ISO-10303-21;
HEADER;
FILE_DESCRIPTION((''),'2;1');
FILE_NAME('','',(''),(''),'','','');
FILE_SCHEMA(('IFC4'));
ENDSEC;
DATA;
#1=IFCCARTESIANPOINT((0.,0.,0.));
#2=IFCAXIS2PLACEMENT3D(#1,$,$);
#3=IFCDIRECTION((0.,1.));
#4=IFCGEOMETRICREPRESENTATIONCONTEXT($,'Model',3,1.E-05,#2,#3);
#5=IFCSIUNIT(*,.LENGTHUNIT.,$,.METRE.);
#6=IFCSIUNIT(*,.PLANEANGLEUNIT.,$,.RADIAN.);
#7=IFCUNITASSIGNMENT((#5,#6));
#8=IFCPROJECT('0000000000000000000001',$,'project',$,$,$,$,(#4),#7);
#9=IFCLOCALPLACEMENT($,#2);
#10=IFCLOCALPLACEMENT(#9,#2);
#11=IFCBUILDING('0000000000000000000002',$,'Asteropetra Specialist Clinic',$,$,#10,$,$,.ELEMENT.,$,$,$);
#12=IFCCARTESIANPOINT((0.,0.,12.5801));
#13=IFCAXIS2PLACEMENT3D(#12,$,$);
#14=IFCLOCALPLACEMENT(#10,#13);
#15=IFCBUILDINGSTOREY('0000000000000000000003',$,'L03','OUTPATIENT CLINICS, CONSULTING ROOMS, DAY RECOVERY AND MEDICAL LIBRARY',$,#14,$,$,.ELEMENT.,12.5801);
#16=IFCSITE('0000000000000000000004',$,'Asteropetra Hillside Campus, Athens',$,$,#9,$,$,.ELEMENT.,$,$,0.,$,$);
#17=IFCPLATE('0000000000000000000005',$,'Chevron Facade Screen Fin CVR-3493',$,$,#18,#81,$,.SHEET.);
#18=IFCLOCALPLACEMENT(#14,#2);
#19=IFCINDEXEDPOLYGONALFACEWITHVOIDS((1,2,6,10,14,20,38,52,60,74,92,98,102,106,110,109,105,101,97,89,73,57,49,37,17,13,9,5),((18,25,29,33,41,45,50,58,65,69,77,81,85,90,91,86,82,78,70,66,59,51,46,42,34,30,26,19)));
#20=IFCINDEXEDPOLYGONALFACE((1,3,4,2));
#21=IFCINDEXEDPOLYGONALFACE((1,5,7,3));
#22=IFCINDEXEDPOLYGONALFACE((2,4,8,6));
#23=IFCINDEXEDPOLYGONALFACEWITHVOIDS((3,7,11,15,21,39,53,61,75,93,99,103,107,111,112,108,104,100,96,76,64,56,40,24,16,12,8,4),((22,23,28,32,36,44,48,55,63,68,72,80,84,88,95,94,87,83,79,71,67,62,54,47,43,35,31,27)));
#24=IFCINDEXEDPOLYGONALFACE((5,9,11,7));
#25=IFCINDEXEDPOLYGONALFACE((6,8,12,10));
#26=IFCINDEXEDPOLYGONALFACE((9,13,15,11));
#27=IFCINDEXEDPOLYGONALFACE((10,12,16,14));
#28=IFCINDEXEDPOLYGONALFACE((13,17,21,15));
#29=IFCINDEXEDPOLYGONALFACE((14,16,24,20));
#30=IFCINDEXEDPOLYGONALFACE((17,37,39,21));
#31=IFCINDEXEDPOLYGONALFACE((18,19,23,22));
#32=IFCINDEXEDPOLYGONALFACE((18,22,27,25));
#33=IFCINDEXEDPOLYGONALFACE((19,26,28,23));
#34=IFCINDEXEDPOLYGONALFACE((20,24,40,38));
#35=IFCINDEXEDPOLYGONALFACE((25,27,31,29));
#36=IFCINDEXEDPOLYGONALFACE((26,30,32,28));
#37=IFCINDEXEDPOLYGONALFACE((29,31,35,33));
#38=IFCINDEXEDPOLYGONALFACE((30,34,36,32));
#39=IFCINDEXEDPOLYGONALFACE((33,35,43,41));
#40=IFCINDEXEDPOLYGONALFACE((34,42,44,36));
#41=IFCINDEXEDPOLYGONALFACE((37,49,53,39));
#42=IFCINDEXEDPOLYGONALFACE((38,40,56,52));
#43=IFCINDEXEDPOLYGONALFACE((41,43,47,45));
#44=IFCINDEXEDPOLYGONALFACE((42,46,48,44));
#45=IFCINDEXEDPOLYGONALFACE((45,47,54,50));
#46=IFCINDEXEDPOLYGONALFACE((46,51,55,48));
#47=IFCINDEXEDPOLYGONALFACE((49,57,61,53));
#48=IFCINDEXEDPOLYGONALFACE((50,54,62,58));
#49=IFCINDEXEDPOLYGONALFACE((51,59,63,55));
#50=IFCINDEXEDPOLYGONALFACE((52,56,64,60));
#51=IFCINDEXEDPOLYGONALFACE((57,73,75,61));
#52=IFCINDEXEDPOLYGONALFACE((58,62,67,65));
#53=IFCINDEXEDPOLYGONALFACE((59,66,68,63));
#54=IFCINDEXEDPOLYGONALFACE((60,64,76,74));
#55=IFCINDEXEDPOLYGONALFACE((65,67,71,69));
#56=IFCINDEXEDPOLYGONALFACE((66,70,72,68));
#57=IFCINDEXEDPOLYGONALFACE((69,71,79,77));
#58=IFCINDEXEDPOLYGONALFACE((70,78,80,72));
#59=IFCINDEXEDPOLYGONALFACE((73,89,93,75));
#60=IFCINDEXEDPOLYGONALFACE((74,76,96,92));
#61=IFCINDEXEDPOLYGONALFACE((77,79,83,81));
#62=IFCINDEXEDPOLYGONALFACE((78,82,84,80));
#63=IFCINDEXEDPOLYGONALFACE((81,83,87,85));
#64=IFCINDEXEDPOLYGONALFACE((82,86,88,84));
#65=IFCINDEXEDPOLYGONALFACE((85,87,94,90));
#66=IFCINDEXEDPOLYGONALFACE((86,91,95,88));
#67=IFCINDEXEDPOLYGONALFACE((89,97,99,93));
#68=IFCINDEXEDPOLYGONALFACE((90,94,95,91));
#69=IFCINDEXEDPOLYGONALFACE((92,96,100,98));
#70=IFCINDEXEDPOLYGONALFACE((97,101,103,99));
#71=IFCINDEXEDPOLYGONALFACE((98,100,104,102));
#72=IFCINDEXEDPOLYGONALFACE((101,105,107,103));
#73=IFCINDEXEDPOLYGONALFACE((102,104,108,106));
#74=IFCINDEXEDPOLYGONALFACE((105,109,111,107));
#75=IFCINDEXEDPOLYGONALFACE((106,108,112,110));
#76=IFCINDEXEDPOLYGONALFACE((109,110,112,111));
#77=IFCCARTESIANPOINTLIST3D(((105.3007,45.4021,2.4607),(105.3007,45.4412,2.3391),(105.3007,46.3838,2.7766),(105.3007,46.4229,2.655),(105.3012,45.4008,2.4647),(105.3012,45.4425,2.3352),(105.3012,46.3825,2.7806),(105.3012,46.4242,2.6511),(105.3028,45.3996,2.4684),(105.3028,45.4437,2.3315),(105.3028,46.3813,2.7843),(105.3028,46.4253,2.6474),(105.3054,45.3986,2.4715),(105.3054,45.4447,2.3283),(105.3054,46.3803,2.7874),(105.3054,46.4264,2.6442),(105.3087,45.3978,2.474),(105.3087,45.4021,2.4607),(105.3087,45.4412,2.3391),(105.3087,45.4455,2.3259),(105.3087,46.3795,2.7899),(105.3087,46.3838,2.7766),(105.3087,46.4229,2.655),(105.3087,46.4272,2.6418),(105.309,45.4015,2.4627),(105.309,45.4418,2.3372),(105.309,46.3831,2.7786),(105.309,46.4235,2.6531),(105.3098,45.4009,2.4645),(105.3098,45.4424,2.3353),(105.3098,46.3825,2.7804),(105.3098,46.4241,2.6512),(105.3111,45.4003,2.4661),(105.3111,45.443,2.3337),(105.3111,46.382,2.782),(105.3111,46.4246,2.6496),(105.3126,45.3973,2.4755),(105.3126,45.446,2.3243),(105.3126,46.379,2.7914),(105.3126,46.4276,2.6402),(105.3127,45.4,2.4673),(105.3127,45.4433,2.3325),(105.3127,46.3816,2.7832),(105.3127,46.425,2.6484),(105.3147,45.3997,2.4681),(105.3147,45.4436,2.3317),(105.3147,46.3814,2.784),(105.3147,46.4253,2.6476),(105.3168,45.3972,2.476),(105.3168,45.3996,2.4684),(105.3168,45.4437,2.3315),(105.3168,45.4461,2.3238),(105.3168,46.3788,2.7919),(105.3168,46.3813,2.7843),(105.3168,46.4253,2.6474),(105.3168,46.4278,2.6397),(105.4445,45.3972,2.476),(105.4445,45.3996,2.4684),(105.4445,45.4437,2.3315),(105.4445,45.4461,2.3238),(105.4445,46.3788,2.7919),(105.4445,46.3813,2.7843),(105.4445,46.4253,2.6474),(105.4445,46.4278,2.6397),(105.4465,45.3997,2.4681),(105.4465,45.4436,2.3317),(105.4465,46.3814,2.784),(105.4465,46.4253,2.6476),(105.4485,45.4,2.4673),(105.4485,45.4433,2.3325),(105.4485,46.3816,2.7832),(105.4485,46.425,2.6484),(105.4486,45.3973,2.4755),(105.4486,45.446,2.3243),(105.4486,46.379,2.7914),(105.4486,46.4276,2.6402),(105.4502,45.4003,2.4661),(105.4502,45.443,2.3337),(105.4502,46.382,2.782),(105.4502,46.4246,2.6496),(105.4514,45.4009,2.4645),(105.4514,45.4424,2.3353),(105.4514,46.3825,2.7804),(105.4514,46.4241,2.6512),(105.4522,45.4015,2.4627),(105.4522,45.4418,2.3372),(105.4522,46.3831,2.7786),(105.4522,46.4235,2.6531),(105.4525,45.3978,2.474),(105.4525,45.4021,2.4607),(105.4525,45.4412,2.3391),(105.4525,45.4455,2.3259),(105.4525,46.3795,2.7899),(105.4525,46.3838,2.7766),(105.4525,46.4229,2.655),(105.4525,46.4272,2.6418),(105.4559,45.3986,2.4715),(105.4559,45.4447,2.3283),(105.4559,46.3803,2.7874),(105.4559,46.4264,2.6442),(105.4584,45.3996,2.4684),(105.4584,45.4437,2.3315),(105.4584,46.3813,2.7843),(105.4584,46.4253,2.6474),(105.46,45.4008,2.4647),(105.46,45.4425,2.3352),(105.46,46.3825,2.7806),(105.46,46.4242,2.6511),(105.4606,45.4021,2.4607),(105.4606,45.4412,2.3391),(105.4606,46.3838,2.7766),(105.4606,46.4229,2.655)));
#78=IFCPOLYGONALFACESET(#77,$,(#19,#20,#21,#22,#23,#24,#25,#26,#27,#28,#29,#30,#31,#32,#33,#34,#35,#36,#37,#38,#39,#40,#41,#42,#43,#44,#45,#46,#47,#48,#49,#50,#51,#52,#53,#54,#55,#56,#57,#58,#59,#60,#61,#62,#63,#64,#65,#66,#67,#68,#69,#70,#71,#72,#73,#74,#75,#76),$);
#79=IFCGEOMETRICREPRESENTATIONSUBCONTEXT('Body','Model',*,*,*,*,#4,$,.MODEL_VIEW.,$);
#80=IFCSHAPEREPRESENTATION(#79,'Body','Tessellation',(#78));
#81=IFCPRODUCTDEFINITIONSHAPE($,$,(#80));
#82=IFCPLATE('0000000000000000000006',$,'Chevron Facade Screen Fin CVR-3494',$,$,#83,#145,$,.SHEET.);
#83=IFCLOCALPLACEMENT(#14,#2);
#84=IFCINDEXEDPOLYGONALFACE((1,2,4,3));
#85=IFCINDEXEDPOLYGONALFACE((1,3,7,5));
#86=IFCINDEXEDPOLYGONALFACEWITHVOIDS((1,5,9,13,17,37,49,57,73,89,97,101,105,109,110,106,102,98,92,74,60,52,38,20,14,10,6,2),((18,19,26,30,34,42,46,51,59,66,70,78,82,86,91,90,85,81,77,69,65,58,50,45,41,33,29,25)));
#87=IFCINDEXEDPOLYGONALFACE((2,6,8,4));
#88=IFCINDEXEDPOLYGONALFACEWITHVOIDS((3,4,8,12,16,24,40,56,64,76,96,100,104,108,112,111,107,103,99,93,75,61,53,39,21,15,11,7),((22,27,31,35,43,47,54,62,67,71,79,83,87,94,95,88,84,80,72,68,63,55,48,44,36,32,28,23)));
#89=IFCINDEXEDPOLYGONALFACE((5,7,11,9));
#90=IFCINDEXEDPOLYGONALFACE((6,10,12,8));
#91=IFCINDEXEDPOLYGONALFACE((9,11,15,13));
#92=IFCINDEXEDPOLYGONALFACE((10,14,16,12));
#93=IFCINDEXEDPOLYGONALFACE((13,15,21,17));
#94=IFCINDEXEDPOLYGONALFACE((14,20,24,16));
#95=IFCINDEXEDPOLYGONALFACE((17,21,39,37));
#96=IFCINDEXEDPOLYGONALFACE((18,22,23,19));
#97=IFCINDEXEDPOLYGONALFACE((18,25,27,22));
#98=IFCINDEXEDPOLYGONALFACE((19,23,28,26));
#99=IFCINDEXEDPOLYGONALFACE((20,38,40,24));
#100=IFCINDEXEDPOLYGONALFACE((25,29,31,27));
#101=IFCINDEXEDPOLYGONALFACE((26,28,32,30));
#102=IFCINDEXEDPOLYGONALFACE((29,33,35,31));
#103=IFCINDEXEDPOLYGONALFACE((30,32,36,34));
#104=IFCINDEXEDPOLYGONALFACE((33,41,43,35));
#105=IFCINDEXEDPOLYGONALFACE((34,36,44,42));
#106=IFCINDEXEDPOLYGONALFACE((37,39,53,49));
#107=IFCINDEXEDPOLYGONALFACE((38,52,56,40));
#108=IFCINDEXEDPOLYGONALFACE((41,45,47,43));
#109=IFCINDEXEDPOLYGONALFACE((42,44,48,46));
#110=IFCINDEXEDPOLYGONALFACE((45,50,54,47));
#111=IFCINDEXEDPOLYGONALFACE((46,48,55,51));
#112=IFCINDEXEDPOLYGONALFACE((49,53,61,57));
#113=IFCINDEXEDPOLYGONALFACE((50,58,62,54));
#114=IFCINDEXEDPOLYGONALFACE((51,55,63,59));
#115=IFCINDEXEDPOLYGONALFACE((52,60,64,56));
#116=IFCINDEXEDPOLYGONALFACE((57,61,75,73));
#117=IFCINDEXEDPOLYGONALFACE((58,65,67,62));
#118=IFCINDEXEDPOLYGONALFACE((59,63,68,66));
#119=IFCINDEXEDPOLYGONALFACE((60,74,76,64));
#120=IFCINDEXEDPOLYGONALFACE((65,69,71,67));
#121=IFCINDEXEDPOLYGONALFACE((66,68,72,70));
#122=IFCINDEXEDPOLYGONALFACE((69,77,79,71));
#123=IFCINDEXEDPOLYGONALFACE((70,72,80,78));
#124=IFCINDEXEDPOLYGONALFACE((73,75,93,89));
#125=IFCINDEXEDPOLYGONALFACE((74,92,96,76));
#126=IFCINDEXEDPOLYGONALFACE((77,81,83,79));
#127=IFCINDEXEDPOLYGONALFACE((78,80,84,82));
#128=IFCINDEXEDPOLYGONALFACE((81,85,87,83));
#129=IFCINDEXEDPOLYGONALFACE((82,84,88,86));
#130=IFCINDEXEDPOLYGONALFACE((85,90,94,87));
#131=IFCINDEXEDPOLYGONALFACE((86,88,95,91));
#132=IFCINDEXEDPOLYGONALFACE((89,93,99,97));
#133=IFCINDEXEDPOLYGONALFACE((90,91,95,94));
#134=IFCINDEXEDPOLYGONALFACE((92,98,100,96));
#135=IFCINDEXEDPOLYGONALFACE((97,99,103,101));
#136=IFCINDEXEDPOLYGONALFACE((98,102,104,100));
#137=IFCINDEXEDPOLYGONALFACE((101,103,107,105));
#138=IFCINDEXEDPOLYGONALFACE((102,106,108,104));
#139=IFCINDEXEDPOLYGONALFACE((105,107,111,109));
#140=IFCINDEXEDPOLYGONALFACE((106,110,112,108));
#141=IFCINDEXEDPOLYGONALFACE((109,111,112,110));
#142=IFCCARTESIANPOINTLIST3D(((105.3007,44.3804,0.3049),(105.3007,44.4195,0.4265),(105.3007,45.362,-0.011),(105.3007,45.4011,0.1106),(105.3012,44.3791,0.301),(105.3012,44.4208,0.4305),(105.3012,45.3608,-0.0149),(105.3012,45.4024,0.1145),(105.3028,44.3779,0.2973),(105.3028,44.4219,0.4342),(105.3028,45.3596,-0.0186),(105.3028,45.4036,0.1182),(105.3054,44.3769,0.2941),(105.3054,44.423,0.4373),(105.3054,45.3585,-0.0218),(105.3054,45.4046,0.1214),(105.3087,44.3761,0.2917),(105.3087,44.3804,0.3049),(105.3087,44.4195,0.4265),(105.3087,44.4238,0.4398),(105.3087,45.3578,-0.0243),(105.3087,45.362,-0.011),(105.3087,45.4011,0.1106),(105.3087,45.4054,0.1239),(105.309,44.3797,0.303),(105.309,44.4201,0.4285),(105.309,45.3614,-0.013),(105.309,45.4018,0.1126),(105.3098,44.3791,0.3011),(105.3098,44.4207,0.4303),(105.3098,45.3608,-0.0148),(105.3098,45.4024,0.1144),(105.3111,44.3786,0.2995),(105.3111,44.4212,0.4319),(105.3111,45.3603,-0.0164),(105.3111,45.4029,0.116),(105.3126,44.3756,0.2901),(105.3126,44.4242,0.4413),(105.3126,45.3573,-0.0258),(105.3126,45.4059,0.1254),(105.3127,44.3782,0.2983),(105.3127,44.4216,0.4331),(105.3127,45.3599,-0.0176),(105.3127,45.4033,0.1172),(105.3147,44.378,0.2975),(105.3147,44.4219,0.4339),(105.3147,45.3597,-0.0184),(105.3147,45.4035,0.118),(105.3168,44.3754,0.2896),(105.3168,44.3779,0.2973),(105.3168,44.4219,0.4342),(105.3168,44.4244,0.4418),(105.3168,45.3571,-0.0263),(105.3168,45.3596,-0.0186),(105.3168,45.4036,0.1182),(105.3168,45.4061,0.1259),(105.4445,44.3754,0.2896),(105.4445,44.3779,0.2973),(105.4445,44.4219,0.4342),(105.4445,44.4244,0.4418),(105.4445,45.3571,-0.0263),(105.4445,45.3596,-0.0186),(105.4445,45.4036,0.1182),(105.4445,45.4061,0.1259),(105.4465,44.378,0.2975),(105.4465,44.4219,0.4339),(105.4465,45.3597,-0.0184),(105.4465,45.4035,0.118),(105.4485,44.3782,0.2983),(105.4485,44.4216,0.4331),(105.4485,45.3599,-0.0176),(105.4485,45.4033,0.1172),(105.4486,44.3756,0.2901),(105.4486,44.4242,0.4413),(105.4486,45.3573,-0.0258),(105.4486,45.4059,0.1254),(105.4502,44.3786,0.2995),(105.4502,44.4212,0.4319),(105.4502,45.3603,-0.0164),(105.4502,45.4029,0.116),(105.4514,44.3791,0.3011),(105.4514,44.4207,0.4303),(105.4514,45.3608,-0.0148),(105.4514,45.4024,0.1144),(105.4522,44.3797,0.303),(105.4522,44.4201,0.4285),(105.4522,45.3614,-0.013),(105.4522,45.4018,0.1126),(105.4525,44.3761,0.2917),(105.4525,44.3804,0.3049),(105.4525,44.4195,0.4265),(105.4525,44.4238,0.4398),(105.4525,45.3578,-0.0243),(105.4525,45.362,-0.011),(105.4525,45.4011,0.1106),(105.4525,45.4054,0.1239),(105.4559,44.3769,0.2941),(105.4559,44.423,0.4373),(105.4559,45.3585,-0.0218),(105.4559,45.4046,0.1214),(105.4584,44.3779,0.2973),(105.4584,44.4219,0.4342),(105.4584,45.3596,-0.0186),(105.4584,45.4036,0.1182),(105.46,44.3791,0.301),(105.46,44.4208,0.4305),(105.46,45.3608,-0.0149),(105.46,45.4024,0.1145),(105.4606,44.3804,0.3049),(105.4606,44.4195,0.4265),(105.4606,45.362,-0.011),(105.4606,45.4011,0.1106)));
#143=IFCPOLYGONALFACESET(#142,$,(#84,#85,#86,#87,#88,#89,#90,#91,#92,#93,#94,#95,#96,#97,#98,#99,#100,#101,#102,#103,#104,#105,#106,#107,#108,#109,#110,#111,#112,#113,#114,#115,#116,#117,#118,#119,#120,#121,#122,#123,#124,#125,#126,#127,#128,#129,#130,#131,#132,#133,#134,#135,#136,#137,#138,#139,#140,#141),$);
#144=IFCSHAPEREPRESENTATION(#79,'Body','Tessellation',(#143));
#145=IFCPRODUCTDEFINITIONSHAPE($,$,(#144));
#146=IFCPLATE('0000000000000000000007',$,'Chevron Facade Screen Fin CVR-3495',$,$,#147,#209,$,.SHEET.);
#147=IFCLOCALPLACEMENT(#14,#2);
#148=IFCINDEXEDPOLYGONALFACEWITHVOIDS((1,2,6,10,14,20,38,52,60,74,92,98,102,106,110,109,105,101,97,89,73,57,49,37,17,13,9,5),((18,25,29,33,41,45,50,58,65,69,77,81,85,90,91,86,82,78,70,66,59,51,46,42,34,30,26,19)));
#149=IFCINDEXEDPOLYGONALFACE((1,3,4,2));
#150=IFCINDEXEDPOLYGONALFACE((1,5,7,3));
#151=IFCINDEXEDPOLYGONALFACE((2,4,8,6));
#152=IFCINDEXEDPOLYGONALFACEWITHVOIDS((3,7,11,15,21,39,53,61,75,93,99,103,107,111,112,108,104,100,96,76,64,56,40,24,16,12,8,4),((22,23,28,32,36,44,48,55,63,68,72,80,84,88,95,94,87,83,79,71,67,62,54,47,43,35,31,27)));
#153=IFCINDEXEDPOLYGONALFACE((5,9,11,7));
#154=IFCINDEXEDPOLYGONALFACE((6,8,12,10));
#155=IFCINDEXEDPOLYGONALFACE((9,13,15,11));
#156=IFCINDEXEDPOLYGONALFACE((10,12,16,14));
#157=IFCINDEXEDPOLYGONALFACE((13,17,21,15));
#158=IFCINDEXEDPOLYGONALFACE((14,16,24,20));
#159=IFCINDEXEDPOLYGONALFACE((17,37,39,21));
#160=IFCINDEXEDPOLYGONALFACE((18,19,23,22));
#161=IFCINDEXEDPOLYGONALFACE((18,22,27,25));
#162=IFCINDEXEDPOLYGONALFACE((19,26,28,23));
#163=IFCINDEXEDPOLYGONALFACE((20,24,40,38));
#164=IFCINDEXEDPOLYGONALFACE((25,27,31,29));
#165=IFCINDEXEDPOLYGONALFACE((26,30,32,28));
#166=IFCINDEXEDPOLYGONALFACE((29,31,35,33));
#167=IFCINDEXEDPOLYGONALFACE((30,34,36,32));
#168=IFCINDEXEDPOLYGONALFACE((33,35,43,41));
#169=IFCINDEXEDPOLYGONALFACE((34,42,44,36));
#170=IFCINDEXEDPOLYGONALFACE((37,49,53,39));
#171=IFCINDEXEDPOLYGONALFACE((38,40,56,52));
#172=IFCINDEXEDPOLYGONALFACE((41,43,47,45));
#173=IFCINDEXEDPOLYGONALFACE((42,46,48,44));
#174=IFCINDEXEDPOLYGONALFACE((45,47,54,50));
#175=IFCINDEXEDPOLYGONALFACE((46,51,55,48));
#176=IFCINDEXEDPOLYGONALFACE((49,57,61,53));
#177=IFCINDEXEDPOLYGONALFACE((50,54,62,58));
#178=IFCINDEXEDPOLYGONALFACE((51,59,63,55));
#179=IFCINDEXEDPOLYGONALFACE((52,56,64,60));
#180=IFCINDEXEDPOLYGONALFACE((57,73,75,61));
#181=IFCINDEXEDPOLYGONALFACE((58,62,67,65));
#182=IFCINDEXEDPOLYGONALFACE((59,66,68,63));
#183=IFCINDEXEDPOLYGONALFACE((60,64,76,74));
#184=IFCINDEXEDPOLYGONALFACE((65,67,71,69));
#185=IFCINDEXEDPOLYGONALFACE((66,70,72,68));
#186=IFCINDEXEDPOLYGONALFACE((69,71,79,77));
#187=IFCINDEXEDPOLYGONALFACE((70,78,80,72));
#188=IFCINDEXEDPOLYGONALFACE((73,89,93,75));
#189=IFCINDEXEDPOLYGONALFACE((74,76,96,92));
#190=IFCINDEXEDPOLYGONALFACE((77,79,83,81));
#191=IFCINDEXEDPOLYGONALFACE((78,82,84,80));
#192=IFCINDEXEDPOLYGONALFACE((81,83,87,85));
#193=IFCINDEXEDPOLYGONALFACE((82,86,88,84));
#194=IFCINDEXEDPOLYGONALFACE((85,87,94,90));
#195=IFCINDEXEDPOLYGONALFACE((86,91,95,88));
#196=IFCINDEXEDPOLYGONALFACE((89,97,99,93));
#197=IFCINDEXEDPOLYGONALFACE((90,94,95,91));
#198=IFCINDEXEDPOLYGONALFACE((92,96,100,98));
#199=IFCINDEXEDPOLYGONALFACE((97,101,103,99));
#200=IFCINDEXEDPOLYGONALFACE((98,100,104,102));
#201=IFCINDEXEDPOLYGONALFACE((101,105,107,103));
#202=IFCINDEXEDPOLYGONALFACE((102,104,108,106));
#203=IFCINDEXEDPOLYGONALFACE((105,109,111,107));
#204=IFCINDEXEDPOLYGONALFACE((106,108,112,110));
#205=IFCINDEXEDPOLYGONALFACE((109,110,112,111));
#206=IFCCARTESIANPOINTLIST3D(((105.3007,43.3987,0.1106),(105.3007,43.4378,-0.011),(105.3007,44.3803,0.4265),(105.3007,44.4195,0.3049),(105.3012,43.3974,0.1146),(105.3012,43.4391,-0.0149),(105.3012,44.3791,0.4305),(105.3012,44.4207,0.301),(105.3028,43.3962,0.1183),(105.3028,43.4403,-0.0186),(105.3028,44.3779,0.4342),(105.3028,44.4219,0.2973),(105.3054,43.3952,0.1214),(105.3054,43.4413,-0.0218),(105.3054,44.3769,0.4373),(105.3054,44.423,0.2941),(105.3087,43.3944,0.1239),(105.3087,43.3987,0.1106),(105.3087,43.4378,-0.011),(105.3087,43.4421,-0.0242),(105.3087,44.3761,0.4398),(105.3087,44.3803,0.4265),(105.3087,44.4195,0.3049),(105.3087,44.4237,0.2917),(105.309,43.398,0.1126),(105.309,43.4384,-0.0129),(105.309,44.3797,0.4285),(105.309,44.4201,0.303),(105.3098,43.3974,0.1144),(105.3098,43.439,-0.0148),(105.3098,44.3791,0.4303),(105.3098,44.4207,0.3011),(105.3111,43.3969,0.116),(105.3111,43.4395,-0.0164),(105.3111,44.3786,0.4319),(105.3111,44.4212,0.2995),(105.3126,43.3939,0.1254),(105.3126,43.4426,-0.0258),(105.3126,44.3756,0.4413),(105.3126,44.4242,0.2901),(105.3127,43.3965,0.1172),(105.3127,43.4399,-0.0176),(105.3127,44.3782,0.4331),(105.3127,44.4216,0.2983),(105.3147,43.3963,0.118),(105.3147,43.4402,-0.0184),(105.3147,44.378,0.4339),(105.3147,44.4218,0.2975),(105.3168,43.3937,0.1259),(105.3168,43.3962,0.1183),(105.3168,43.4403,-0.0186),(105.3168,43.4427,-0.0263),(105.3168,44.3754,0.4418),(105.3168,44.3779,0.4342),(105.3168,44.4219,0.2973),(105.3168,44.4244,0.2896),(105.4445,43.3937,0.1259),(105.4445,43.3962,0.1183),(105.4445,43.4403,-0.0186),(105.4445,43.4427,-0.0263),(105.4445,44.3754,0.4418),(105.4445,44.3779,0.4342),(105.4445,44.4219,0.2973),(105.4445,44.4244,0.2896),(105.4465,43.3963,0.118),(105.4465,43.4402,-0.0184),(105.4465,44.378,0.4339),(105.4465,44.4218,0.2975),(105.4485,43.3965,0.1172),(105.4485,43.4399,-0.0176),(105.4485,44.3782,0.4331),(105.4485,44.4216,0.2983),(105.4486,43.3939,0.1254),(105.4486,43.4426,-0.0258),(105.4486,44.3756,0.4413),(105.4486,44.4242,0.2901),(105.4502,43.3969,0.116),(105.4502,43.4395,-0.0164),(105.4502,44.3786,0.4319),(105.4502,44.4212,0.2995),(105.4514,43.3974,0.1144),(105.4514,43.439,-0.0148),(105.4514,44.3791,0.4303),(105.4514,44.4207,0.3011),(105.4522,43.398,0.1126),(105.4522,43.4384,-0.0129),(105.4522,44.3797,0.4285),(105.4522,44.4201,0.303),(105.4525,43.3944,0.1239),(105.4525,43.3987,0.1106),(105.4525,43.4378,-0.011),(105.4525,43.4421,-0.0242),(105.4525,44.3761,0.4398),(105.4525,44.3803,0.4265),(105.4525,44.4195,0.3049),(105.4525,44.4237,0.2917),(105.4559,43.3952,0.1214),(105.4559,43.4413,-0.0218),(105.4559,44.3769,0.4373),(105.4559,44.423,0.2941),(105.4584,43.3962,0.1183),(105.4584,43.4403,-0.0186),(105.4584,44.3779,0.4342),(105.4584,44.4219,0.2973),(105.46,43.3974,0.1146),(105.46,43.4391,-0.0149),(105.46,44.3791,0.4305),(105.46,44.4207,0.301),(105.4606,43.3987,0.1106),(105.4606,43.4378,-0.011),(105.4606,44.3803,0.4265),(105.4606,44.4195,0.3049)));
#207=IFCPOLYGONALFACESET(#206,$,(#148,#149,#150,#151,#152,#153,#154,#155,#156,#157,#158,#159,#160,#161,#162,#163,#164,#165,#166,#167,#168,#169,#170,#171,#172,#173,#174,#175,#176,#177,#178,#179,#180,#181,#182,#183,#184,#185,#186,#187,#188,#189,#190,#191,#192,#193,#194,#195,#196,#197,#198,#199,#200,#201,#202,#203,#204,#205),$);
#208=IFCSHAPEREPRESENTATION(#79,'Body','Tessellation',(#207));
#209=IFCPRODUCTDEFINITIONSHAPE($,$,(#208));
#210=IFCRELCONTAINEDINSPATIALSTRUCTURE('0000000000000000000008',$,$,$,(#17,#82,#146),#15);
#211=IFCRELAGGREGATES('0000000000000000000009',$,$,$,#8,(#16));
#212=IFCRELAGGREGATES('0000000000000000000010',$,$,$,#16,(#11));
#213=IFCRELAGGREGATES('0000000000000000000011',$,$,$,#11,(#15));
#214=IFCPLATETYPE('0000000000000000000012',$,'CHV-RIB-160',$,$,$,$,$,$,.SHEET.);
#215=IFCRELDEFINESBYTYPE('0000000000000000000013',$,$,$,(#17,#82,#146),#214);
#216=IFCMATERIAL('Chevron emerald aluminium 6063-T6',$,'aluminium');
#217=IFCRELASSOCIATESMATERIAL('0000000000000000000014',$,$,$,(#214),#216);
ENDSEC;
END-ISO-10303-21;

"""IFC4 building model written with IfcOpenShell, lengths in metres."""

from ifc_helpers import new_model, si_unit, direction, frame, origin, origin_2d, place, context, subcontext, project, spatial, hollow_rectangle, extrude, material, material_profile, profile_set, type_object, element, save


model = new_model("IFC4")

# Units and contexts
model_context = context("Model", 3, precision=1e-05, world=origin(), true_north=direction((0.0, 1.0)))
body_context = subcontext(model_context, "Body", "Model", "MODEL_VIEW")
ifc_project = project(units=[si_unit("LENGTHUNIT", "METRE"), si_unit("PLANEANGLEUNIT", "RADIAN")], contexts=[model_context])

# Site, building, storey
site_placement = place(None, origin())
site = spatial("IfcSite", under=ifc_project, at=site_placement, Name="Asteropetra Hillside Campus, Athens", CompositionType="ELEMENT", RefElevation=0.0)
building_placement = place(site_placement, origin())
building = spatial("IfcBuilding", under=site, at=building_placement, Name="Asteropetra Specialist Clinic", CompositionType="ELEMENT")
storey_placement = place(building_placement, frame((0.0, 0.0, 12.5801)))
storey = spatial("IfcBuildingStorey", under=building, at=storey_placement, Name="L03", Description="OUTPATIENT CLINICS, CONSULTING ROOMS, DAY RECOVERY AND MEDICAL LIBRARY", CompositionType="ELEMENT", Elevation=12.5801)

# Plates
ifc_material_1 = material(Name="Chevron emerald aluminium 6063-T6", Category="aluminium")
ifc_material_profile = material_profile(ifc_material_1, hollow_rectangle(XDim=0.1599, YDim=0.1599, WallThickness=0.0081, InnerFilletRadius=0.0081, OuterFilletRadius=0.0161, at=origin_2d()), Name="SHS 160x160x8.0")
ifc_profile_set = profile_set([ifc_material_profile], Name="Chevron emerald aluminium 6063-T6")
plate_type_1 = type_object("IfcPlateType", Name="CHV-RIB-160", PredefinedType="SHEET", material=ifc_profile_set)
for number, where, z_axis, x_axis, name in (
    (1, (105.3806, 46.4033, 2.7158), (0.0, -0.951923, -0.306339), (1.0, 0.0, 0.0), "Chevron Facade Screen Fin CVR-3493"),
    (2, (105.3806, 45.3816, 0.0498), (0.0, -0.951923, 0.306339), (1.0, 0.0, 0.0), "Chevron Facade Screen Fin CVR-3494"),
    (3, (105.3806, 44.3999, 0.3657), (0.0, -0.951923, -0.306339), (1.0, 0.0, 0.0), "Chevron Facade Screen Fin CVR-3495"),
):
    element("IfcPlate", number, at=place(storey_placement, frame(where, z_axis=z_axis, x_axis=x_axis)), inside=storey, type_object=plate_type_1, Name=name, PredefinedType="SHEET", context=body_context, shape_type="SweptSolid", body=[
        extrude(hollow_rectangle(XDim=0.1599, YDim=0.1599, WallThickness=0.0081, InnerFilletRadius=0.0081, OuterFilletRadius=0.0161, at=origin_2d()), origin(), (0.0, 0.0, 1.0), 1.0312),
    ])

save(model, "model.ifc")
